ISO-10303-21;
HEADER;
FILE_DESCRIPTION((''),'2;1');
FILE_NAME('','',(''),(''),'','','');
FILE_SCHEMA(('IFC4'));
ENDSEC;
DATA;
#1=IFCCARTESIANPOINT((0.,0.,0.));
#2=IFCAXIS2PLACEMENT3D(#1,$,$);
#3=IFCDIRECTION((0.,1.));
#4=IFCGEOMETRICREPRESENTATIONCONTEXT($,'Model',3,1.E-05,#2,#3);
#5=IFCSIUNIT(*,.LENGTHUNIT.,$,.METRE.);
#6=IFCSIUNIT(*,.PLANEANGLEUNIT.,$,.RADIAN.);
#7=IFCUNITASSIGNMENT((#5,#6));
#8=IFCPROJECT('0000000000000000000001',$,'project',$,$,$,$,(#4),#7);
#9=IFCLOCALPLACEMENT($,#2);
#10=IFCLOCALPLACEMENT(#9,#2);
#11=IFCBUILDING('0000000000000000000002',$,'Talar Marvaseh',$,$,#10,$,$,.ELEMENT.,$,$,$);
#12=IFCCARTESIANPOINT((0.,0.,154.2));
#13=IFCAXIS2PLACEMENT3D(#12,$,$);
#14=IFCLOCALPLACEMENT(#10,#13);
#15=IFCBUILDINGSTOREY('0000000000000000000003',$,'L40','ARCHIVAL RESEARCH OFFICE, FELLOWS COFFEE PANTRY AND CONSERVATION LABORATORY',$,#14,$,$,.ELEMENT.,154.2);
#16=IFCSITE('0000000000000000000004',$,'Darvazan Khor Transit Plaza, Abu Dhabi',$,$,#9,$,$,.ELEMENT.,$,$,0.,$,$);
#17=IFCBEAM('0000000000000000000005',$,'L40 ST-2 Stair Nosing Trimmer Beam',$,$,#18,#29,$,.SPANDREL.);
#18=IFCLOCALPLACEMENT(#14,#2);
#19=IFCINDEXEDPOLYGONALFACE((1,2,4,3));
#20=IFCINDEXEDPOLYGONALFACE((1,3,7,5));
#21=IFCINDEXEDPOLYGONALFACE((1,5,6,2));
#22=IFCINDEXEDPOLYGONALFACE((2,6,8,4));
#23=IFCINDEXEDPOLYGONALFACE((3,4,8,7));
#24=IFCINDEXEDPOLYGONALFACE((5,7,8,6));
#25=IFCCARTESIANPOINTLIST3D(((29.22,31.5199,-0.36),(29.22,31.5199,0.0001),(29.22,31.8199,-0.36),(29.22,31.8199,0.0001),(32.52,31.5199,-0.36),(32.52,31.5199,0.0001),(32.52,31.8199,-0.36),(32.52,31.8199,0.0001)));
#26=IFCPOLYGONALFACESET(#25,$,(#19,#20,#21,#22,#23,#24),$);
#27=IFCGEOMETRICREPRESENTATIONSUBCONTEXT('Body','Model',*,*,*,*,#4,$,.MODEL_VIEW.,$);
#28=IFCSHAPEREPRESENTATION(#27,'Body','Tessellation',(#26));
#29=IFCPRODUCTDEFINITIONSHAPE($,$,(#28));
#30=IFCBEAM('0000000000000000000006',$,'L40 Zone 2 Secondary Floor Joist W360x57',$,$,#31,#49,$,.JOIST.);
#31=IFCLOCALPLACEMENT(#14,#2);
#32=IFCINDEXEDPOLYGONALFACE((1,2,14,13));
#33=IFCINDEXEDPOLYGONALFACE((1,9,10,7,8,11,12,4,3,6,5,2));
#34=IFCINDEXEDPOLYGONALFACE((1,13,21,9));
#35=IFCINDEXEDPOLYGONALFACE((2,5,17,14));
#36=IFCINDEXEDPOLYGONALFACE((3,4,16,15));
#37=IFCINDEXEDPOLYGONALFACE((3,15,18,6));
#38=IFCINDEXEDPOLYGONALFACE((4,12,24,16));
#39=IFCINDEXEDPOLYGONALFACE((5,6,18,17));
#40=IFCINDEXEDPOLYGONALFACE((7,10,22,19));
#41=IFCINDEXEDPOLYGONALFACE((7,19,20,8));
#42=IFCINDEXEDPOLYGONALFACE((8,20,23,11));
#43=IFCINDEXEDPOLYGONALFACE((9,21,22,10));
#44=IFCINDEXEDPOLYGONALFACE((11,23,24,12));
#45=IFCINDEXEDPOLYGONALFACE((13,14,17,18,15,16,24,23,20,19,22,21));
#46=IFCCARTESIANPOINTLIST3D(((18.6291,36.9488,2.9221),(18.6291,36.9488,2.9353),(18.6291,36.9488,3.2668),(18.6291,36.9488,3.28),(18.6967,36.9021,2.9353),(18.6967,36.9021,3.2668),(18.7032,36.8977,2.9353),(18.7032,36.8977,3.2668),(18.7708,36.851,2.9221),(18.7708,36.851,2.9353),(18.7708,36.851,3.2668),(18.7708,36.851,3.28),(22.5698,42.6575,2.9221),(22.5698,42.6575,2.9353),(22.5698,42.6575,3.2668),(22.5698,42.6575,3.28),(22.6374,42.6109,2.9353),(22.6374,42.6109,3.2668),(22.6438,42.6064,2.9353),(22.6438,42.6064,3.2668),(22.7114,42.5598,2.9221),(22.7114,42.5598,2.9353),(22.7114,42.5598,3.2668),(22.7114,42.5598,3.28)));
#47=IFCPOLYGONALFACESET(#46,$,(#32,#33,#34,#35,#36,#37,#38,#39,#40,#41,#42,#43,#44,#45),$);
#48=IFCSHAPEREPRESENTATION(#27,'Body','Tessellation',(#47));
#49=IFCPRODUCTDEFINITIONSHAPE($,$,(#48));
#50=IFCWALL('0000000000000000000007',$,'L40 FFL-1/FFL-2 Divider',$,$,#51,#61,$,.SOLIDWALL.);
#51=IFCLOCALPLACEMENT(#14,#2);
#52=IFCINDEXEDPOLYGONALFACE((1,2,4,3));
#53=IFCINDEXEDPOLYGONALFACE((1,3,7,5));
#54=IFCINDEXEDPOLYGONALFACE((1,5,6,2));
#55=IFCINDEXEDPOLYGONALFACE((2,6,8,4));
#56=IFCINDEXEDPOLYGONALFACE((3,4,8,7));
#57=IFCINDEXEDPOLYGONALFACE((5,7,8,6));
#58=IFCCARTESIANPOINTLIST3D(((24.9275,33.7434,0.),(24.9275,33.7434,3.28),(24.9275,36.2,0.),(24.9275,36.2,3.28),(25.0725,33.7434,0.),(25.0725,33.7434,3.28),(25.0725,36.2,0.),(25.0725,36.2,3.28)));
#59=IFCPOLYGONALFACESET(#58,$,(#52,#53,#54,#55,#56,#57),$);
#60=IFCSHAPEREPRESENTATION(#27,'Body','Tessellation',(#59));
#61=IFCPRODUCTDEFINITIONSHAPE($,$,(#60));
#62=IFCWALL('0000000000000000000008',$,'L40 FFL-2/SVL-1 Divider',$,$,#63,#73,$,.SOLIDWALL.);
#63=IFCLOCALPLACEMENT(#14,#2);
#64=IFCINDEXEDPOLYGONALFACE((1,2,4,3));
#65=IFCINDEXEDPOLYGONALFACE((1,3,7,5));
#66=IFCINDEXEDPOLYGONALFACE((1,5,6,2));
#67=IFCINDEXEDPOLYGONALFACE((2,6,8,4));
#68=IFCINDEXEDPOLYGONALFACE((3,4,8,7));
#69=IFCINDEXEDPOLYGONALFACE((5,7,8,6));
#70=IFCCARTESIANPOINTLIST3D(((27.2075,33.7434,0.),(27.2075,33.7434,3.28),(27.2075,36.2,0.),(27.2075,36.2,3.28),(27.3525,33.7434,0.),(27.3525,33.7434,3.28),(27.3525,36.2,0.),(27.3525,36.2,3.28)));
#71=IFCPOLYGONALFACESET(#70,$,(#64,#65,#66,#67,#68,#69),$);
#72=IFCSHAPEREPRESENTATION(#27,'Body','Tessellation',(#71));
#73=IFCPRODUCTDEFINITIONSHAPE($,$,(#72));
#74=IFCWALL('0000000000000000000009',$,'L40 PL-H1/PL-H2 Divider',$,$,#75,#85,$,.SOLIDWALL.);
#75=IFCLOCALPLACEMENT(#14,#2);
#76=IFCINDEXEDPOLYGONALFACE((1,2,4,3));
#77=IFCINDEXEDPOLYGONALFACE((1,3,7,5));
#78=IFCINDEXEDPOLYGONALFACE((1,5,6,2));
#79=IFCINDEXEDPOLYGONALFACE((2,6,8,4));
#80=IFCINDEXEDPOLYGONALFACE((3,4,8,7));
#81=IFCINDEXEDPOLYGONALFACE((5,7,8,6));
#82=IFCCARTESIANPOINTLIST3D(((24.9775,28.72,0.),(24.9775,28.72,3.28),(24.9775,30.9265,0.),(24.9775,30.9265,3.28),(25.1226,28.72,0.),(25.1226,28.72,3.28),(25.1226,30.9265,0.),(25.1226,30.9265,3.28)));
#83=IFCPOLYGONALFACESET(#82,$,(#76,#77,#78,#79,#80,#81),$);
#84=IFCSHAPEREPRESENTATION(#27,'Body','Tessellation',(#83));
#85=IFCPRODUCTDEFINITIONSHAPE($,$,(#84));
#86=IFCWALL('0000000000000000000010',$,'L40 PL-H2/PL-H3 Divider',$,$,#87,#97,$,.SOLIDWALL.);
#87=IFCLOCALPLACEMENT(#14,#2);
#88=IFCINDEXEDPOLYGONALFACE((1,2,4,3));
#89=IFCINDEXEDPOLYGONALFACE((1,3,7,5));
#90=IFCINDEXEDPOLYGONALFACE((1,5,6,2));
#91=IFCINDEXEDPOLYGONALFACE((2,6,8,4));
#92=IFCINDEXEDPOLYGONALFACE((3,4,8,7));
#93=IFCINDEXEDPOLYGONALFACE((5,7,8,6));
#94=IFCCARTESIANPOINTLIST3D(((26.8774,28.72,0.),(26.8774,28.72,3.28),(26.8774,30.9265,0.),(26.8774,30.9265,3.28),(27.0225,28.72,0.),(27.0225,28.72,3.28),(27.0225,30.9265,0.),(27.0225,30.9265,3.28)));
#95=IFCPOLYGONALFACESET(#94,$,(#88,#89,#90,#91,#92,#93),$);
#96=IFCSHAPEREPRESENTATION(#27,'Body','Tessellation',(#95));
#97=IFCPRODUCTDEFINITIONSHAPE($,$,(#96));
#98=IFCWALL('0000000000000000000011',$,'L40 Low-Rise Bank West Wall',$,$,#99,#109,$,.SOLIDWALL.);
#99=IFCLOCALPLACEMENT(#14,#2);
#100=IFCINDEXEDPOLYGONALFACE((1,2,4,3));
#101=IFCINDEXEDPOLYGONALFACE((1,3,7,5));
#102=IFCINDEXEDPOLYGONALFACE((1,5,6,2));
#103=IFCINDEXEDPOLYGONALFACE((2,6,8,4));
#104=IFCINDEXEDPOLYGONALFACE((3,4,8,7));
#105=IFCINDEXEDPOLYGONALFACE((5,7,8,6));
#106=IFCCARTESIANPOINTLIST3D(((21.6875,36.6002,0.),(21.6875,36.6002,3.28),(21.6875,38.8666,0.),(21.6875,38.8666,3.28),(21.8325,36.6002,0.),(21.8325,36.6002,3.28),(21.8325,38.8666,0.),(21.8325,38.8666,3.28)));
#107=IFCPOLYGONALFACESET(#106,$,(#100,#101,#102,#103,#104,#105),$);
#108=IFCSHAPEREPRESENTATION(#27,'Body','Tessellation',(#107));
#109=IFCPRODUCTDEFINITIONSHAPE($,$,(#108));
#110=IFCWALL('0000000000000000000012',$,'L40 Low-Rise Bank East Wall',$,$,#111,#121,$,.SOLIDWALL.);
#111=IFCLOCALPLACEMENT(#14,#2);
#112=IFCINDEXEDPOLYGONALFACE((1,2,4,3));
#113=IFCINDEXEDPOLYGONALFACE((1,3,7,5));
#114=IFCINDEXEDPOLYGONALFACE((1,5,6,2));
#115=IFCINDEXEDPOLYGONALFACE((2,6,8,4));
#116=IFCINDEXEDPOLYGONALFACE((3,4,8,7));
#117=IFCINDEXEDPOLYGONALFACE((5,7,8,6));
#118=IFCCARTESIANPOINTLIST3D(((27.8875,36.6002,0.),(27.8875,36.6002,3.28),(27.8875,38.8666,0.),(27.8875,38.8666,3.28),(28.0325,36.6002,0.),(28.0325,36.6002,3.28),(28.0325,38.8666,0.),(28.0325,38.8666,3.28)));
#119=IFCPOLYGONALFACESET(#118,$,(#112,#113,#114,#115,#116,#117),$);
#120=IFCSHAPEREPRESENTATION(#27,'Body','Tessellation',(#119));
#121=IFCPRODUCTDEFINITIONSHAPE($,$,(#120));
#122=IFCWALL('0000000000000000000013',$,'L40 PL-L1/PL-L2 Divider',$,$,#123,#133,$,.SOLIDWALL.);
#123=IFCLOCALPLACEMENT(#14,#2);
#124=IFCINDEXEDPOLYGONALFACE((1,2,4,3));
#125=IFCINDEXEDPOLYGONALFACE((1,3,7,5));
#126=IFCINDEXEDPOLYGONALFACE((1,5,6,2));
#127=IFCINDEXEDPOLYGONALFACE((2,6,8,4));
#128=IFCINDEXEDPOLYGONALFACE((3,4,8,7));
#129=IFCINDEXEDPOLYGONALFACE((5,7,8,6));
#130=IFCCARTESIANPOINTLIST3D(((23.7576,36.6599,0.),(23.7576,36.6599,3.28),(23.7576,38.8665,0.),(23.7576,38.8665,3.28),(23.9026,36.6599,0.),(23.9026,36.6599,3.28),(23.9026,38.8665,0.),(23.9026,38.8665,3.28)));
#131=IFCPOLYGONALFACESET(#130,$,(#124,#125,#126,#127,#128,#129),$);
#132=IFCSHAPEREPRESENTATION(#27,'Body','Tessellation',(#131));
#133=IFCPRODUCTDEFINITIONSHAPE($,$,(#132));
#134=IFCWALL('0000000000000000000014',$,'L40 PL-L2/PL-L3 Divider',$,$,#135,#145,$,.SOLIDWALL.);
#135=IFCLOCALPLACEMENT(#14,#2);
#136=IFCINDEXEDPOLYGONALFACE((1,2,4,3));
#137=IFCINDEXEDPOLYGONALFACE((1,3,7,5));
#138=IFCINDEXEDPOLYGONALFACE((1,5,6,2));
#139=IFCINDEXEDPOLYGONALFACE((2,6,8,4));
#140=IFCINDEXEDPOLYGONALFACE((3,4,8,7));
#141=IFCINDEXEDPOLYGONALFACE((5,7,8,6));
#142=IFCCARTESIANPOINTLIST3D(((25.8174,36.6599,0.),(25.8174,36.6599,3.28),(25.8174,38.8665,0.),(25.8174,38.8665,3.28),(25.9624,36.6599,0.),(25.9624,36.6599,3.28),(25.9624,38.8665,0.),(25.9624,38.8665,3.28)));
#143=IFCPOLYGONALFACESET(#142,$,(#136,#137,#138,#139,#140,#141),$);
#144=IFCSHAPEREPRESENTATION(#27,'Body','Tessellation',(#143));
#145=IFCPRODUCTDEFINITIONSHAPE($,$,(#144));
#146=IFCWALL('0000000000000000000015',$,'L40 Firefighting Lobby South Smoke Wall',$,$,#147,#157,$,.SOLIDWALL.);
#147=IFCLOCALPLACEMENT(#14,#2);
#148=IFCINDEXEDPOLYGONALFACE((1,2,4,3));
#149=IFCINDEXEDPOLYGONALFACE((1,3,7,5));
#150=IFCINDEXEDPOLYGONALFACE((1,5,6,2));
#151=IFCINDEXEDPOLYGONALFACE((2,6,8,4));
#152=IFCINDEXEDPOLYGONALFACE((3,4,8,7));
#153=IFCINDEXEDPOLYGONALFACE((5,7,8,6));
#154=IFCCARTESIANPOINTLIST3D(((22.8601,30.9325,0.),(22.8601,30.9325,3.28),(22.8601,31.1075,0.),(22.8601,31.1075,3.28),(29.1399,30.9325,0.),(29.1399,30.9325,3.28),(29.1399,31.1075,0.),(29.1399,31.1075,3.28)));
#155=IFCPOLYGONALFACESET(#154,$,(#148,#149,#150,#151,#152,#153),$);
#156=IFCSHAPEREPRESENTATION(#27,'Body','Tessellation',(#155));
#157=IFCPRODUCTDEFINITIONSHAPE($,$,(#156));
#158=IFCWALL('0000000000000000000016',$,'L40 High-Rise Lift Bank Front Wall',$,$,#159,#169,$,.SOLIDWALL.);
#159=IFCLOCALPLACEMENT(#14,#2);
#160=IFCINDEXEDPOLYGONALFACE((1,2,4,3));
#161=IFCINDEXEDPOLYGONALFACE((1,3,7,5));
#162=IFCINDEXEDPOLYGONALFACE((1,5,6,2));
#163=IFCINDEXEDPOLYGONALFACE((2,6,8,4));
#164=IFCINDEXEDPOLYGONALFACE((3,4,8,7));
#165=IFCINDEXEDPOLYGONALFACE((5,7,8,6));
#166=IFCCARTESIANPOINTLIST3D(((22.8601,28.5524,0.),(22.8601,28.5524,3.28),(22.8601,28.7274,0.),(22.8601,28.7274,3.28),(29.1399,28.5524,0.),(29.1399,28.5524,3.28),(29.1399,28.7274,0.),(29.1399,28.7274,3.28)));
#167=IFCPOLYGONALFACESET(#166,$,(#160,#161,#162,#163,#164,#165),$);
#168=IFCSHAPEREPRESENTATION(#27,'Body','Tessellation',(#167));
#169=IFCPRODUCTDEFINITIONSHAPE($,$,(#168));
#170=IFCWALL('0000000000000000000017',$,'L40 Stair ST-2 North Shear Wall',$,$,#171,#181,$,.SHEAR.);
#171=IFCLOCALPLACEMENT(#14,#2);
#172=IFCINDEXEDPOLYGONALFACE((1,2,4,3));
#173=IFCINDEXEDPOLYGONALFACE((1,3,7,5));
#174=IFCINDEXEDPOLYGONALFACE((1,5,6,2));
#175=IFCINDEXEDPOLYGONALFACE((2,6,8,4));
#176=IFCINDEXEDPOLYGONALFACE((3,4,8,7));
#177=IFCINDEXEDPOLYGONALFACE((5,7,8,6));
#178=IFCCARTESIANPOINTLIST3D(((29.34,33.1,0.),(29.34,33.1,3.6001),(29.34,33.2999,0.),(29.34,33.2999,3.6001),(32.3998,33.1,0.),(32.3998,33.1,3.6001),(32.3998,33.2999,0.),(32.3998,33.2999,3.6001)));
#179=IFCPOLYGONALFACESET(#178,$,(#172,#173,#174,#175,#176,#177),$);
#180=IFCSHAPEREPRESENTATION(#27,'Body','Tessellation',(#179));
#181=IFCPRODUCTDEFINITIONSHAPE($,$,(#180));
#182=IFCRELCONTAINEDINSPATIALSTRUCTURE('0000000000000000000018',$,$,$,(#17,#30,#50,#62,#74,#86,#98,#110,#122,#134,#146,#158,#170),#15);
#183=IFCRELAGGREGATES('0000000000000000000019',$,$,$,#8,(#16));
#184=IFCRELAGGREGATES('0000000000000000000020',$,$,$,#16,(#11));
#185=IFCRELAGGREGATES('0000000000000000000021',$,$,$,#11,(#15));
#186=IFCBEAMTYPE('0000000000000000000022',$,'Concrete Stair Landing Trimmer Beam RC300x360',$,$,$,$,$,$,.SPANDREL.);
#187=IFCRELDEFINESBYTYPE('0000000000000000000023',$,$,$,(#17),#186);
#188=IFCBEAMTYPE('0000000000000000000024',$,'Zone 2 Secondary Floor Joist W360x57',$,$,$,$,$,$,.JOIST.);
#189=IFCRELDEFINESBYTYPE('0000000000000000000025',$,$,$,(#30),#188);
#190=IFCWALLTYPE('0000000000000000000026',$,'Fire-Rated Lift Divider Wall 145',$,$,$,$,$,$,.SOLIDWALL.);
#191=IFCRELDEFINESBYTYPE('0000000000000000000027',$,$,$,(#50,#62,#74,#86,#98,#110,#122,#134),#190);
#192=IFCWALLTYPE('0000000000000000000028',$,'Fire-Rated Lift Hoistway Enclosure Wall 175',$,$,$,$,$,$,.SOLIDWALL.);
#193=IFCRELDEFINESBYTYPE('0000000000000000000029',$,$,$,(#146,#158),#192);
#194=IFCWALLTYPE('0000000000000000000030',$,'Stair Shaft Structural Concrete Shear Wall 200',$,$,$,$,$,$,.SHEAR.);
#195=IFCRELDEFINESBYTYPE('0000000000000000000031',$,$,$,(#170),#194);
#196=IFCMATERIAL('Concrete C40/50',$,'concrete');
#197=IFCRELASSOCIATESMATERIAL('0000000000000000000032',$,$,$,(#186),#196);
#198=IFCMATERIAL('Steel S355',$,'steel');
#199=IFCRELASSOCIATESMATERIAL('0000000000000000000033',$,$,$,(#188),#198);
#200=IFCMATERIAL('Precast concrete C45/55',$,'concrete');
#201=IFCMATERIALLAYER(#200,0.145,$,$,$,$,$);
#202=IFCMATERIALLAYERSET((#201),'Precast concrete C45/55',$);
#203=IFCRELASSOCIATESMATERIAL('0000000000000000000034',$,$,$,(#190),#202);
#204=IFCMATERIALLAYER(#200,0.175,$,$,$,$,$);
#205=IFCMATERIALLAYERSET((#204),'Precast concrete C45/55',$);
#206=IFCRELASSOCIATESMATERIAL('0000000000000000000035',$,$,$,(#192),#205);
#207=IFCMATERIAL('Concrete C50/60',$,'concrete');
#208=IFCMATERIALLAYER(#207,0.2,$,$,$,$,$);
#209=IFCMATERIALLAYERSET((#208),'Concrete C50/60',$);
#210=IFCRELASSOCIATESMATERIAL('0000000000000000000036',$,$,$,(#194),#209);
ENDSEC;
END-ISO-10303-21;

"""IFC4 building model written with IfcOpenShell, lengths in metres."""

from ifc_helpers import new_model, si_unit, direction, frame, frame_2d, origin, origin_2d, place, context, subcontext, project, spatial, rectangle, i_section, extrude, material, layer, layer_set, material_profile, profile_set, type_object, element, save


model = new_model("IFC4")

# Units and contexts
model_context = context("Model", 3, precision=1e-05, world=origin(), true_north=direction((0.0, 1.0)))
body_context = subcontext(model_context, "Body", "Model", "MODEL_VIEW")
ifc_project = project(units=[si_unit("LENGTHUNIT", "METRE"), si_unit("PLANEANGLEUNIT", "RADIAN")], contexts=[model_context])

# Site, building, storey
site_placement = place(None, origin())
site = spatial("IfcSite", under=ifc_project, at=site_placement, Name="Darvazan Khor Transit Plaza, Abu Dhabi", CompositionType="ELEMENT", RefElevation=0.0)
building_placement = place(site_placement, origin())
building = spatial("IfcBuilding", under=site, at=building_placement, Name="Talar Marvaseh", CompositionType="ELEMENT")
storey_placement = place(building_placement, frame((0.0, 0.0, 154.2)))
storey = spatial("IfcBuildingStorey", under=building, at=storey_placement, Name="L40", Description="ARCHIVAL RESEARCH OFFICE, FELLOWS COFFEE PANTRY AND CONSERVATION LABORATORY", CompositionType="ELEMENT", Elevation=154.2)

# Beams
ifc_material_1 = material(Name="Concrete C40/50", Category="concrete")
ifc_material_profile_1 = material_profile(ifc_material_1, rectangle(XDim=0.3, YDim=0.3601, at=origin_2d()), Name="RC300x360")
ifc_profile_set_1 = profile_set([ifc_material_profile_1], Name="Concrete C40/50")
beam_type_1 = type_object("IfcBeamType", Name="Concrete Stair Landing Trimmer Beam RC300x360", PredefinedType="SPANDREL", material=ifc_profile_set_1)
beam_1_placement = place(storey_placement, frame((29.22, 31.6699, -0.1799), z_axis=(1.0, 0.0, 0.0), x_axis=(0.0, 1.0, 0.0)))
element("IfcBeam", 1, at=beam_1_placement, inside=storey, type_object=beam_type_1, Name="L40 ST-2 Stair Nosing Trimmer Beam", PredefinedType="SPANDREL", context=body_context, shape_type="SweptSolid", body=[
    extrude(rectangle(XDim=0.3, YDim=0.3601, at=origin_2d()), origin(), (0.0, 0.0, 1.0), 3.3),
])
ifc_material_2 = material(Name="Steel S355", Category="steel")
ifc_material_profile_2 = material_profile(ifc_material_2, i_section(OverallWidth=0.1721, OverallDepth=0.3579, WebThickness=0.0078, FlangeThickness=0.0132, at=origin_2d()), Name="W360x57")
ifc_profile_set_2 = profile_set([ifc_material_profile_2], Name="Steel S355")
beam_type_2 = type_object("IfcBeamType", Name="Zone 2 Secondary Floor Joist W360x57", PredefinedType="JOIST", material=ifc_profile_set_2)
beam_2_placement = place(storey_placement, frame((22.6406, 42.6086, 3.1011), z_axis=(-0.568086, -0.822969, 0.0), x_axis=(0.822969, -0.568086, 0.0)))
element("IfcBeam", 2, at=beam_2_placement, inside=storey, type_object=beam_type_2, Name="L40 Zone 2 Secondary Floor Joist W360x57", PredefinedType="JOIST", context=body_context, shape_type="SweptSolid", body=[
    extrude(i_section(OverallWidth=0.1721, OverallDepth=0.3579, WebThickness=0.0078, FlangeThickness=0.0132, at=origin_2d()), origin(), (0.0, 0.0, 1.0), 6.9368),
])

# Walls
ifc_material_3 = material(Name="Precast concrete C45/55", Category="concrete")
ifc_layer_1 = layer(ifc_material_3, 0.145)
ifc_layer_set_1 = layer_set([ifc_layer_1], Name="Precast concrete C45/55")
wall_type_1 = type_object("IfcWallType", Name="Fire-Rated Lift Divider Wall 145", PredefinedType="SOLIDWALL", material=ifc_layer_set_1)
for number, where, z_axis, x_axis, name in (
    (3, (25.0, 33.7434, 0.0), (0.0, 0.0, 1.0), (0.0, 1.0, 0.0), "L40 FFL-1/FFL-2 Divider"),
    (4, (27.28, 33.7434, 0.0), (0.0, 0.0, 1.0), (0.0, 1.0, 0.0), "L40 FFL-2/SVL-1 Divider"),
):
    element("IfcWall", number, at=place(storey_placement, frame(where, z_axis=z_axis, x_axis=x_axis)), inside=storey, type_object=wall_type_1, Name=name, PredefinedType="SOLIDWALL", context=body_context, shape_type="SweptSolid", body=[
        extrude(rectangle(XDim=2.4565, YDim=0.145, at=frame_2d((1.2283, 0.0))), origin(), (0.0, 0.0, 1.0), 3.28),
    ])
for number, where, z_axis, x_axis, name in (
    (5, (25.05, 28.72, 0.0), (0.0, 0.0, 1.0), (0.0, 1.0, 0.0), "L40 PL-H1/PL-H2 Divider"),
    (6, (26.95, 28.72, 0.0), (0.0, 0.0, 1.0), (0.0, 1.0, 0.0), "L40 PL-H2/PL-H3 Divider"),
):
    element("IfcWall", number, at=place(storey_placement, frame(where, z_axis=z_axis, x_axis=x_axis)), inside=storey, type_object=wall_type_1, Name=name, PredefinedType="SOLIDWALL", context=body_context, shape_type="SweptSolid", body=[
        extrude(rectangle(XDim=2.2065, YDim=0.145, at=frame_2d((1.1033, 0.0))), origin(), (0.0, 0.0, 1.0), 3.28),
    ])
for number, where, z_axis, x_axis, name in (
    (7, (21.76, 36.6001, 0.0), (0.0, 0.0, 1.0), (0.0, 1.0, 0.0), "L40 Low-Rise Bank West Wall"),
    (8, (27.96, 36.6001, 0.0), (0.0, 0.0, 1.0), (0.0, 1.0, 0.0), "L40 Low-Rise Bank East Wall"),
):
    element("IfcWall", number, at=place(storey_placement, frame(where, z_axis=z_axis, x_axis=x_axis)), inside=storey, type_object=wall_type_1, Name=name, PredefinedType="SOLIDWALL", context=body_context, shape_type="SweptSolid", body=[
        extrude(rectangle(XDim=2.2664, YDim=0.145, at=frame_2d((1.1333, 0.0))), origin(), (0.0, 0.0, 1.0), 3.28),
    ])
for number, where, z_axis, x_axis, name in (
    (9, (23.8301, 36.6599, 0.0), (0.0, 0.0, 1.0), (0.0, 1.0, 0.0), "L40 PL-L1/PL-L2 Divider"),
    (10, (25.8899, 36.6599, 0.0), (0.0, 0.0, 1.0), (0.0, 1.0, 0.0), "L40 PL-L2/PL-L3 Divider"),
):
    element("IfcWall", number, at=place(storey_placement, frame(where, z_axis=z_axis, x_axis=x_axis)), inside=storey, type_object=wall_type_1, Name=name, PredefinedType="SOLIDWALL", context=body_context, shape_type="SweptSolid", body=[
        extrude(rectangle(XDim=2.2065, YDim=0.145, at=frame_2d((1.1033, 0.0))), origin(), (0.0, 0.0, 1.0), 3.28),
    ])

# Shared definitions
ifc_layer_2 = layer(ifc_material_3, 0.175)
ifc_layer_set_2 = layer_set([ifc_layer_2], Name="Precast concrete C45/55")
wall_type_2 = type_object("IfcWallType", Name="Fire-Rated Lift Hoistway Enclosure Wall 175", PredefinedType="SOLIDWALL", material=ifc_layer_set_2)

# Walls
for number, where, z_axis, x_axis, name in (
    (11, (22.8601, 31.02, 0.0), (0.0, 0.0, 1.0), (1.0, 0.0, 0.0), "L40 Firefighting Lobby South Smoke Wall"),
    (12, (22.8601, 28.6399, 0.0), (0.0, 0.0, 1.0), (1.0, 0.0, 0.0), "L40 High-Rise Lift Bank Front Wall"),
):
    element("IfcWall", number, at=place(storey_placement, frame(where, z_axis=z_axis, x_axis=x_axis)), inside=storey, type_object=wall_type_2, Name=name, PredefinedType="SOLIDWALL", context=body_context, shape_type="SweptSolid", body=[
        extrude(rectangle(XDim=6.2798, YDim=0.175, at=frame_2d((3.1399, 0.0))), origin(), (0.0, 0.0, 1.0), 3.28),
    ])

# Wall
ifc_material_4 = material(Name="Concrete C50/60", Category="concrete")
ifc_layer_3 = layer(ifc_material_4, 0.2)
ifc_layer_set_3 = layer_set([ifc_layer_3], Name="Concrete C50/60")
wall_type_3 = type_object("IfcWallType", Name="Stair Shaft Structural Concrete Shear Wall 200", PredefinedType="SHEAR", material=ifc_layer_set_3)
wall_1_placement = place(storey_placement, frame((29.3401, 33.2, 0.0), z_axis=(0.0, 0.0, 1.0), x_axis=(1.0, 0.0, 0.0)))
element("IfcWall", 13, at=wall_1_placement, inside=storey, type_object=wall_type_3, Name="L40 Stair ST-2 North Shear Wall", PredefinedType="SHEAR", context=body_context, shape_type="SweptSolid", body=[
    extrude(rectangle(XDim=3.0598, YDim=0.2, at=frame_2d((1.5298, 0.0))), origin(), (0.0, 0.0, 1.0), 3.6001),
])

save(model, "model.ifc")
